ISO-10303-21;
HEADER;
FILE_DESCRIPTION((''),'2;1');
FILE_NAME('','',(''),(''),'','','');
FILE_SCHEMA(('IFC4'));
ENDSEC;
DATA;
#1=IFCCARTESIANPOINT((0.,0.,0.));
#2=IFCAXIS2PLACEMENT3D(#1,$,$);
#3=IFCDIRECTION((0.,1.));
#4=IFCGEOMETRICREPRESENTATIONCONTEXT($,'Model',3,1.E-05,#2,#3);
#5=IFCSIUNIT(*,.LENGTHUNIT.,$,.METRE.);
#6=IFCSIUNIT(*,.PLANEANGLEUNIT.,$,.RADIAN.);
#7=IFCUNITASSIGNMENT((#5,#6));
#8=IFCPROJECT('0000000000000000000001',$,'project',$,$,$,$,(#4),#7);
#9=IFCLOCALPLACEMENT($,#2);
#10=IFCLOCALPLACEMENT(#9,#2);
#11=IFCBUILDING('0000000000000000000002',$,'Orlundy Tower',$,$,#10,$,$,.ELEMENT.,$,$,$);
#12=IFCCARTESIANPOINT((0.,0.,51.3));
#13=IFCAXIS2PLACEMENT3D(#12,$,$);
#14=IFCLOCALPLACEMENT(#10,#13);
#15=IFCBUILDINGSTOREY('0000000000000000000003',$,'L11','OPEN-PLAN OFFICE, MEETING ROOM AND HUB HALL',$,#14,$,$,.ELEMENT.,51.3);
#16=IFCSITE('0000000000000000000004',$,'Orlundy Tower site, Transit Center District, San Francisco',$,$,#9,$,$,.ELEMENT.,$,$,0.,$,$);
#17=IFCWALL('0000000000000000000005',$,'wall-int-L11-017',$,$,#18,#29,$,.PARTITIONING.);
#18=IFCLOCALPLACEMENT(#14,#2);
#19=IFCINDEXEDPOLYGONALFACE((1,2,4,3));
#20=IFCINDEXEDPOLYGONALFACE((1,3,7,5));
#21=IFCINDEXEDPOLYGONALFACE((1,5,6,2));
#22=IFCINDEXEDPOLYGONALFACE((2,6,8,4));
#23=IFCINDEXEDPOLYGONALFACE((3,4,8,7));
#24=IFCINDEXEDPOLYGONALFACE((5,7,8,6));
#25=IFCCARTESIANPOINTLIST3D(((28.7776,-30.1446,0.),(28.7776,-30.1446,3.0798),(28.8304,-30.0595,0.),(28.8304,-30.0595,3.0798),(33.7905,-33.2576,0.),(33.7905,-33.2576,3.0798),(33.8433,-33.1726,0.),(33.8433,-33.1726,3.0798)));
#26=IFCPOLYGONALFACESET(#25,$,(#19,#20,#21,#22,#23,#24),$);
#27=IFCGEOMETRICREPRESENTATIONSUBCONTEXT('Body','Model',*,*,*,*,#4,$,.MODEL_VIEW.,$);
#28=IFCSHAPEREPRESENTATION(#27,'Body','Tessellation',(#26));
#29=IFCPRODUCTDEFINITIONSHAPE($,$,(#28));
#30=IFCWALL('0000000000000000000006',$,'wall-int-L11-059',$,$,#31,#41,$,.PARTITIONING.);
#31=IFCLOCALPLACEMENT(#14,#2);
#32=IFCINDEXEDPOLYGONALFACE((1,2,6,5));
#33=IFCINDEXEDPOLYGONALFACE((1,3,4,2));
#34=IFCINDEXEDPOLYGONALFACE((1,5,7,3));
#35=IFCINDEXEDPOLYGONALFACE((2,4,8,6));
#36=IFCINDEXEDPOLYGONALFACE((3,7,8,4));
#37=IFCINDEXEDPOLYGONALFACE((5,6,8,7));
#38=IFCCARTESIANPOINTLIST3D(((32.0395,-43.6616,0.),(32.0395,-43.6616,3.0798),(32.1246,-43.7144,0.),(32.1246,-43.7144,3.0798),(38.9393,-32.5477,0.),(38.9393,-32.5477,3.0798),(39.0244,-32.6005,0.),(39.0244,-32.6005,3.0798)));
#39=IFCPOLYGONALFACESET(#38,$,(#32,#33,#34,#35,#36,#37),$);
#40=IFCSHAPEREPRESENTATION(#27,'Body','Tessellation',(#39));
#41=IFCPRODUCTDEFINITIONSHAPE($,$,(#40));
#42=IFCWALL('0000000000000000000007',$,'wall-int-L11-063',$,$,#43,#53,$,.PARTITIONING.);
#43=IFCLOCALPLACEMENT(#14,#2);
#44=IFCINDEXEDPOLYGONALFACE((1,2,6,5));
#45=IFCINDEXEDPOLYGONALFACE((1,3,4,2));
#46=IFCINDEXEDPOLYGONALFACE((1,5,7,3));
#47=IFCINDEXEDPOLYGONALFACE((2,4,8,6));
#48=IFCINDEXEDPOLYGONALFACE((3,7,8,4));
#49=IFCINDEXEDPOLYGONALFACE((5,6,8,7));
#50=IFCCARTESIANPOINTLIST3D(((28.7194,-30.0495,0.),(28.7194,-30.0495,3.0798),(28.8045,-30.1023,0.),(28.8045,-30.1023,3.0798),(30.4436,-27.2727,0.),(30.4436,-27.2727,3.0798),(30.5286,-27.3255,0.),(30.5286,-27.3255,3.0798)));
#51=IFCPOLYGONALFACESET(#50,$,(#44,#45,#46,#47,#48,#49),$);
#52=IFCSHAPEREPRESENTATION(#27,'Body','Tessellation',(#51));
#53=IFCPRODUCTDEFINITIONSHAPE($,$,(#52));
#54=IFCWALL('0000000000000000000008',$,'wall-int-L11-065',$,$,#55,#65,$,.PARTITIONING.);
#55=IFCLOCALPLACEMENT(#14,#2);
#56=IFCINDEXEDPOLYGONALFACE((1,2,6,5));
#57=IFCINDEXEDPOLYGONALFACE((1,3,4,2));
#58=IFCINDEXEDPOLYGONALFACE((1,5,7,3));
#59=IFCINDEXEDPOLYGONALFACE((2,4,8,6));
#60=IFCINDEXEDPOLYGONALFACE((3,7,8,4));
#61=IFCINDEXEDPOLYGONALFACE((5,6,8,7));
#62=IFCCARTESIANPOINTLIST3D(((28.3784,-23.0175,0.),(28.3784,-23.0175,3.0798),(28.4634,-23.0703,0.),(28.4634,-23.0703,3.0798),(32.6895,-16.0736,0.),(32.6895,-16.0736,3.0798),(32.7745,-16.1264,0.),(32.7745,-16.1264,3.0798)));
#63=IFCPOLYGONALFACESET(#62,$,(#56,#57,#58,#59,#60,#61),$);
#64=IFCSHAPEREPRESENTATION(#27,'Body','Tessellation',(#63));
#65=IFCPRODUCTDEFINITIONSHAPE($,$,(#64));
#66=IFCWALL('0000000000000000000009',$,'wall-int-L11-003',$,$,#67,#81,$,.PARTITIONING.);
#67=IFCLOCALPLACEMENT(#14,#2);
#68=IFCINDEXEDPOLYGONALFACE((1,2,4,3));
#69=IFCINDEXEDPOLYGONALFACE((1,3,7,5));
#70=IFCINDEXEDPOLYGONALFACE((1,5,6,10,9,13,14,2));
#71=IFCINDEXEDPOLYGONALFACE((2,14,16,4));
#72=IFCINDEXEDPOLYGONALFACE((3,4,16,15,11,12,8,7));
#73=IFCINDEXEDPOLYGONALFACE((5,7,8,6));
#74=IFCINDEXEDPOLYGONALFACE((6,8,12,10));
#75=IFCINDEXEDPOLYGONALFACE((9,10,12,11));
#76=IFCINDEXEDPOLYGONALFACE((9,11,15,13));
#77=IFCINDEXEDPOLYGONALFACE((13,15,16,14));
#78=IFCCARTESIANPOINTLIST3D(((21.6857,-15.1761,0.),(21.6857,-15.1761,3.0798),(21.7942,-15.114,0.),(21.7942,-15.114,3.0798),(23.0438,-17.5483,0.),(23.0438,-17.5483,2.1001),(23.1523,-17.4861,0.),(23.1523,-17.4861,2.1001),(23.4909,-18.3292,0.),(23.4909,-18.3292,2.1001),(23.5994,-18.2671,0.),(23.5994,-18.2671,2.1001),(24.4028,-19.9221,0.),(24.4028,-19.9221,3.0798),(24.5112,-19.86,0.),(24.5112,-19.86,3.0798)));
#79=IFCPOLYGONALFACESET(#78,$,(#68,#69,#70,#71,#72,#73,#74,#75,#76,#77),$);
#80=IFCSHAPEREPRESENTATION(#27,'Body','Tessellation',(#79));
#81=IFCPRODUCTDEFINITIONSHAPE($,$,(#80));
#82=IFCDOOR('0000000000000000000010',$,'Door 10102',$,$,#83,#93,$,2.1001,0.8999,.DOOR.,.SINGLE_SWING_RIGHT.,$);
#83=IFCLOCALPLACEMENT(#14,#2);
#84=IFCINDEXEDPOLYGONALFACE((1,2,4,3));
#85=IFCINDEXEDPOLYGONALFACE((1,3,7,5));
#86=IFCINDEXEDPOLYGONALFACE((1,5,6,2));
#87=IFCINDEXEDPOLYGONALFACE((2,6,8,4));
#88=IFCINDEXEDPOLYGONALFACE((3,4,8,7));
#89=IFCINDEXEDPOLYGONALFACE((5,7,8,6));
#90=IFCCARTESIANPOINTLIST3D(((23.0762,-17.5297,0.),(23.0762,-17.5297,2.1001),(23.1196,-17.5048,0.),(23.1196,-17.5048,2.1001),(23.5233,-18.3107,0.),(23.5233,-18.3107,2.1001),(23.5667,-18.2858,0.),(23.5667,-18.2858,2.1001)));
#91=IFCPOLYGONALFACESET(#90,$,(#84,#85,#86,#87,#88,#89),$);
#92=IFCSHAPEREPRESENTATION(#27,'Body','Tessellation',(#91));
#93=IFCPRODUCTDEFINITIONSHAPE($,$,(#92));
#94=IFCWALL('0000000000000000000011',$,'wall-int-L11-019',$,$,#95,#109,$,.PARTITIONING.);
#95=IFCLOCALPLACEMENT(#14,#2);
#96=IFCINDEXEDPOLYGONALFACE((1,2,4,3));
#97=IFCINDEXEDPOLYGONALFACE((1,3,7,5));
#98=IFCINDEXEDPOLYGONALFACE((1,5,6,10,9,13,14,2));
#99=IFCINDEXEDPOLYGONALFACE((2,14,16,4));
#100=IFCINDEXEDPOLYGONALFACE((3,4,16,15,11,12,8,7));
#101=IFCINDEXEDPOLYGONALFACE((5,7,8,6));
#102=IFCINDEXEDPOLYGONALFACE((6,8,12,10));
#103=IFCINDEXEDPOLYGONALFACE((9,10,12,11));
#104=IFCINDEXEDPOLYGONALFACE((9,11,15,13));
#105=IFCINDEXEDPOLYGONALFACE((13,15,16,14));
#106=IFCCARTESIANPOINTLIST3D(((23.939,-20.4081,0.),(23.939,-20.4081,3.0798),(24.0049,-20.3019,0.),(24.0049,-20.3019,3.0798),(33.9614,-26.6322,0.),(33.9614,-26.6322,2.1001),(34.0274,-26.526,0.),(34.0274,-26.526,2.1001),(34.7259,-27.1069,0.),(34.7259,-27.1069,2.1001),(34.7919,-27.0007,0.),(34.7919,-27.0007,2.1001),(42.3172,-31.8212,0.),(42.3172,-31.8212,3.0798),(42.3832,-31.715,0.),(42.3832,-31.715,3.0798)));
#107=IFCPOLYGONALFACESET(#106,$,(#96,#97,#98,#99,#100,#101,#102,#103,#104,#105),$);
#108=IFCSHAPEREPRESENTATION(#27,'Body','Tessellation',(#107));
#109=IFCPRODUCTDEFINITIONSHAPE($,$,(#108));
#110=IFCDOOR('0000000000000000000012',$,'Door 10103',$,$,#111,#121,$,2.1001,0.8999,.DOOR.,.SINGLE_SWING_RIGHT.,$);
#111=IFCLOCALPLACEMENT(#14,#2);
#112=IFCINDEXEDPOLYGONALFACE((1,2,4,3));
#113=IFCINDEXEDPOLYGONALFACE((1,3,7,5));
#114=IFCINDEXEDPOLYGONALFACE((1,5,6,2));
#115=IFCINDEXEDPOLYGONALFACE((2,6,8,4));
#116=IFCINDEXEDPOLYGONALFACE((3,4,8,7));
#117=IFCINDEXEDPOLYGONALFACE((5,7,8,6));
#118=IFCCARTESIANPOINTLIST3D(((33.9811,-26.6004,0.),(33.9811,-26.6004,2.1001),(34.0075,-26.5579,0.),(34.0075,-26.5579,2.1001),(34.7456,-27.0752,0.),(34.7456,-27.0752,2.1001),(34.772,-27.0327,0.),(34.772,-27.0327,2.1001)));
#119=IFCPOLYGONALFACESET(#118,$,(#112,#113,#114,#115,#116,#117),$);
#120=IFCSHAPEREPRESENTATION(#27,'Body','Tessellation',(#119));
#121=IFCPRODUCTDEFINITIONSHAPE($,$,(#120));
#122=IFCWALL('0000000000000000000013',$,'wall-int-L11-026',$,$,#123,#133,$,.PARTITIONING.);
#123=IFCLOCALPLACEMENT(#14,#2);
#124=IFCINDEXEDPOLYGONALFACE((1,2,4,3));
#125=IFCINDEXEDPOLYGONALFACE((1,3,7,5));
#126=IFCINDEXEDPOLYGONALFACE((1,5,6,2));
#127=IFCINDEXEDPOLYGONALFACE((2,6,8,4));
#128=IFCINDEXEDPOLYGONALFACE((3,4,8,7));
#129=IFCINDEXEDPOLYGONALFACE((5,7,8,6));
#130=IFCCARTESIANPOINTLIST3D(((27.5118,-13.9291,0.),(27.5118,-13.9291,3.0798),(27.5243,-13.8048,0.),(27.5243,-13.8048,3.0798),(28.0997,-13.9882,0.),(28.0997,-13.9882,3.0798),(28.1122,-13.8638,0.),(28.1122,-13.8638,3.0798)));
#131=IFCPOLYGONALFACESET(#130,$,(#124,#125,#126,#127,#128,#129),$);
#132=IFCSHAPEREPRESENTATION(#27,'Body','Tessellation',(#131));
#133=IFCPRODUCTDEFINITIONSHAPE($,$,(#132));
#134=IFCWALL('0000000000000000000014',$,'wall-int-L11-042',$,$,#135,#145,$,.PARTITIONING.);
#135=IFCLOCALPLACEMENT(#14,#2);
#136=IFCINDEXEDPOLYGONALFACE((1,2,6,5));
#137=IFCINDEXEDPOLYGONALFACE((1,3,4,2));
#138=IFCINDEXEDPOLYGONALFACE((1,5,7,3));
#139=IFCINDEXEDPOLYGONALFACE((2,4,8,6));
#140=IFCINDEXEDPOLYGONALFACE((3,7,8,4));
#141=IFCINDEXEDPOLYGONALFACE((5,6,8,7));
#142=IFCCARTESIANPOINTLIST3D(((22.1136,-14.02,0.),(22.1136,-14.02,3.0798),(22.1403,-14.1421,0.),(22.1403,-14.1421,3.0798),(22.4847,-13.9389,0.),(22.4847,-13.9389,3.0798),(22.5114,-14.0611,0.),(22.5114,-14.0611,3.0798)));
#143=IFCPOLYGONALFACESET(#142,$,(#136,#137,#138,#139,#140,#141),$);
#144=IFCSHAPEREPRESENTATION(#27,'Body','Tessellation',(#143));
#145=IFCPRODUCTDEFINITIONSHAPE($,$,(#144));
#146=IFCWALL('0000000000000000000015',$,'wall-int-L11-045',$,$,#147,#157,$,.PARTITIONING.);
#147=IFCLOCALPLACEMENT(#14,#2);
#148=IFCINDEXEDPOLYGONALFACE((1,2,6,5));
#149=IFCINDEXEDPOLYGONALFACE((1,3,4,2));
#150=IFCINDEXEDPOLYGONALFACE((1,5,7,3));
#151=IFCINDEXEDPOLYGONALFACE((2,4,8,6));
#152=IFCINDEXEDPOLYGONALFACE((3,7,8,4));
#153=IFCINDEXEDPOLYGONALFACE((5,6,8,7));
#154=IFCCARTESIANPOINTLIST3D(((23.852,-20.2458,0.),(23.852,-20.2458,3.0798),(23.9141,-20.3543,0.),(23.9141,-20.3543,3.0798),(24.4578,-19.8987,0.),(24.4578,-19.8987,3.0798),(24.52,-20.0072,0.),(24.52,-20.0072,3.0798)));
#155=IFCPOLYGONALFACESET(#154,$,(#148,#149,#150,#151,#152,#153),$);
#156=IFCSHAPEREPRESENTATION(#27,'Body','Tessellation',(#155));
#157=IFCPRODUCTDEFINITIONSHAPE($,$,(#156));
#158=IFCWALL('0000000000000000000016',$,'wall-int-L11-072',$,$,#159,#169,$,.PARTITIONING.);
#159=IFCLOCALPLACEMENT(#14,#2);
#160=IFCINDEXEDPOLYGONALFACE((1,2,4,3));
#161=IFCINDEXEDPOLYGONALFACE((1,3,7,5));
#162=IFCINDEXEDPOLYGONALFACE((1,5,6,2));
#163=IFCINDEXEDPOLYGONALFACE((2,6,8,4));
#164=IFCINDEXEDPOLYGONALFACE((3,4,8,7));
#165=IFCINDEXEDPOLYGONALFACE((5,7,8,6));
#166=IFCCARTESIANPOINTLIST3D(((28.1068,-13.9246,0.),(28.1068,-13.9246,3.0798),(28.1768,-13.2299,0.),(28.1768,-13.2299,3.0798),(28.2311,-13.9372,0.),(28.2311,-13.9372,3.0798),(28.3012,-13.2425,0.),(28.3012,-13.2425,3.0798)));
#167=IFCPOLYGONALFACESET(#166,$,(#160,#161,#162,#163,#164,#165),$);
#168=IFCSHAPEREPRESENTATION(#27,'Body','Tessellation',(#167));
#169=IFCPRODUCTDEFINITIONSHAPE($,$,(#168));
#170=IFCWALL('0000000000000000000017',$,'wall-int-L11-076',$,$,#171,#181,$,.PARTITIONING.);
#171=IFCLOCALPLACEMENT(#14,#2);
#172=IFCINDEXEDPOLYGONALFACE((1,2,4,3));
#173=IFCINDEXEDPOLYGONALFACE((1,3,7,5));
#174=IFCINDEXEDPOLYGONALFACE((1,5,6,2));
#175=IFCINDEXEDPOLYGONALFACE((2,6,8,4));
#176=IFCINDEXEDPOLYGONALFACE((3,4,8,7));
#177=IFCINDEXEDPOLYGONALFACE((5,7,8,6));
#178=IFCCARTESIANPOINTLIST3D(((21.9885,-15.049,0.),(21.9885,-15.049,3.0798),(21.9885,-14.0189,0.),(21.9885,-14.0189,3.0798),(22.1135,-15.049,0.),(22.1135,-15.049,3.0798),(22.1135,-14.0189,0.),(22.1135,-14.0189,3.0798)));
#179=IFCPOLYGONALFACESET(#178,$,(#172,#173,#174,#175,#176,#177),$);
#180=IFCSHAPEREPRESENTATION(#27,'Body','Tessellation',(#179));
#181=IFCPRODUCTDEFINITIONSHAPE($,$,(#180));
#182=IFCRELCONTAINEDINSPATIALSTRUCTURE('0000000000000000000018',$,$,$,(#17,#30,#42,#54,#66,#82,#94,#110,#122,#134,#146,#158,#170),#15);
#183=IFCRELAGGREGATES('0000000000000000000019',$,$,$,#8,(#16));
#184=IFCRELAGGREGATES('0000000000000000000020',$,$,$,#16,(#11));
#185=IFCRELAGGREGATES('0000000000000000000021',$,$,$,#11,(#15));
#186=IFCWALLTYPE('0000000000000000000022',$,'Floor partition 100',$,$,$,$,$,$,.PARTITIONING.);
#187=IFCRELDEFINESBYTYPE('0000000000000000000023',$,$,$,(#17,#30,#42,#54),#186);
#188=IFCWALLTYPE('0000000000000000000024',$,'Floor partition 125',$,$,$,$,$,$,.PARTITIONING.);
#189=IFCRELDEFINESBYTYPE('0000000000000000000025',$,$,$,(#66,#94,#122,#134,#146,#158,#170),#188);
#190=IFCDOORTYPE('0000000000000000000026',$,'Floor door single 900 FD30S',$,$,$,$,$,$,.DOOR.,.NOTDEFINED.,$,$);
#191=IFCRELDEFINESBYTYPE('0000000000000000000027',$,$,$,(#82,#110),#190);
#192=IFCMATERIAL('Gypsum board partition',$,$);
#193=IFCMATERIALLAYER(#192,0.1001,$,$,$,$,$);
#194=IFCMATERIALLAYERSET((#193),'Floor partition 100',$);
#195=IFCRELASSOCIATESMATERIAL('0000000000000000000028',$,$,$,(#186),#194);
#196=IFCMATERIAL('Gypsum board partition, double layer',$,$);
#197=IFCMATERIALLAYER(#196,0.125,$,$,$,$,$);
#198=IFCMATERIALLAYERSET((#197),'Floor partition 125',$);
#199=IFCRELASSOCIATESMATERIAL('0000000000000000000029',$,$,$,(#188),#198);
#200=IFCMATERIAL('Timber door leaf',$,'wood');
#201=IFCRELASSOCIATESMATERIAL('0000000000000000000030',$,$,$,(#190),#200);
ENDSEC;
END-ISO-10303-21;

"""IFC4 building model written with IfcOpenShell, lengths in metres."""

from ifc_helpers import new_model, si_unit, direction, frame, frame_2d, origin, place, context, subcontext, project, spatial, rectangle, extrude, material, layer, layer_set, type_object, element, fill, save


model = new_model("IFC4")

# Units and contexts
model_context = context("Model", 3, precision=1e-05, world=origin(), true_north=direction((0.0, 1.0)))
body_context = subcontext(model_context, "Body", "Model", "MODEL_VIEW")
ifc_project = project(units=[si_unit("LENGTHUNIT", "METRE"), si_unit("PLANEANGLEUNIT", "RADIAN")], contexts=[model_context])

# Site, building, storey
site_placement = place(None, origin())
site = spatial("IfcSite", under=ifc_project, at=site_placement, Name="Orlundy Tower site, Transit Center District, San Francisco", CompositionType="ELEMENT", RefElevation=0.0)
building_placement = place(site_placement, origin())
building = spatial("IfcBuilding", under=site, at=building_placement, Name="Orlundy Tower", CompositionType="ELEMENT")
storey_placement = place(building_placement, frame((0.0, 0.0, 51.3)))
storey = spatial("IfcBuildingStorey", under=building, at=storey_placement, Name="L11", Description="OPEN-PLAN OFFICE, MEETING ROOM AND HUB HALL", CompositionType="ELEMENT", Elevation=51.3)

# Walls
ifc_material_1 = material(Name="Gypsum board partition")
ifc_layer_1 = layer(ifc_material_1, 0.1001)
ifc_layer_set_1 = layer_set([ifc_layer_1], Name="Floor partition 100")
wall_type_1 = type_object("IfcWallType", Name="Floor partition 100", PredefinedType="PARTITIONING", material=ifc_layer_set_1)
wall_1_placement = place(storey_placement, frame((28.804, -30.1021, 0.0), z_axis=(0.0, 0.0, 1.0), x_axis=(0.849522, -0.527553, 0.0)))
element("IfcWall", 1, at=wall_1_placement, inside=storey, type_object=wall_type_1, Name="wall-int-L11-017", PredefinedType="PARTITIONING", context=body_context, shape_type="SweptSolid", body=[
    extrude(rectangle(XDim=5.9009, YDim=0.1001, at=frame_2d((2.9504, 0.0))), origin(), (0.0, 0.0, 1.0), 3.0798),
])
wall_2_placement = place(storey_placement, frame((32.082, -43.688, 0.0), z_axis=(0.0, 0.0, 1.0), x_axis=(0.527448, 0.849587, 0.0)))
element("IfcWall", 2, at=wall_2_placement, inside=storey, type_object=wall_type_1, Name="wall-int-L11-059", PredefinedType="PARTITIONING", context=body_context, shape_type="SweptSolid", body=[
    extrude(rectangle(XDim=13.0815, YDim=0.1001, at=frame_2d((6.5408, 0.0))), origin(), (0.0, 0.0, 1.0), 3.0798),
])
wall_3_placement = place(storey_placement, frame((28.762, -30.0759, 0.0), z_axis=(0.0, 0.0, 1.0), x_axis=(0.527486, 0.849564, 0.0)))
element("IfcWall", 3, at=wall_3_placement, inside=storey, type_object=wall_type_1, Name="wall-int-L11-063", PredefinedType="PARTITIONING", context=body_context, shape_type="SweptSolid", body=[
    extrude(rectangle(XDim=3.2686, YDim=0.1001, at=frame_2d((1.6343, 0.0))), origin(), (0.0, 0.0, 1.0), 3.0798),
])
wall_4_placement = place(storey_placement, frame((28.4209, -23.0439, 0.0), z_axis=(0.0, 0.0, 1.0), x_axis=(0.527457, 0.849582, 0.0)))
element("IfcWall", 4, at=wall_4_placement, inside=storey, type_object=wall_type_1, Name="wall-int-L11-065", PredefinedType="PARTITIONING", context=body_context, shape_type="SweptSolid", body=[
    extrude(rectangle(XDim=8.1733, YDim=0.1001, at=frame_2d((4.0867, 0.0))), origin(), (0.0, 0.0, 1.0), 3.0798),
])

# Walls, openings, doors
ifc_material_2 = material(Name="Gypsum board partition, double layer")
ifc_layer_2 = layer(ifc_material_2, 0.125)
ifc_layer_set_2 = layer_set([ifc_layer_2], Name="Floor partition 125")
wall_type_2 = type_object("IfcWallType", Name="Floor partition 125", PredefinedType="PARTITIONING", material=ifc_layer_set_2)
wall_5_placement = place(storey_placement, frame((21.74, -15.145, 0.0), z_axis=(0.0, 0.0, 1.0), x_axis=(0.496826, -0.86785, 0.0)))
wall_5 = element("IfcWall", 5, at=wall_5_placement, inside=storey, type_object=wall_type_2, Name="wall-int-L11-003", PredefinedType="PARTITIONING", context=body_context, shape_type="SweptSolid", body=[
    extrude(rectangle(XDim=5.4688, YDim=0.125, at=frame_2d((2.7344, 0.0))), origin(), (0.0, 0.0, 1.0), 3.0798),
])
opening_1_placement = place(wall_5_placement, frame((2.7334, 0.0, 0.0)))
opening_1 = element("IfcOpeningElement", 6, at=opening_1_placement, cuts=wall_5, PredefinedType="OPENING", context=body_context, shape_type="SweptSolid", body=[
    extrude(rectangle(XDim=0.8999, YDim=2.1001, at=frame_2d((0.45, 1.05))), frame((0.0, 0.0725, 0.0), z_axis=(0.0, -1.0, 0.0), x_axis=(1.0, 0.0, 0.0)), (0.0, 0.0, 1.0), 0.145),
])
ifc_material_3 = material(Name="Timber door leaf", Category="wood")
door_type = type_object("IfcDoorType", Name="Floor door single 900 FD30S", OperationType="NOTDEFINED", PredefinedType="DOOR", material=ifc_material_3)
door_1_placement = place(opening_1_placement, origin())
door_1 = element("IfcDoor", 7, at=door_1_placement, inside=storey, type_object=door_type, Name="Door 10102", OperationType="SINGLE_SWING_RIGHT", OverallHeight=2.1001, OverallWidth=0.8999, PredefinedType="DOOR", context=body_context, shape_type="SweptSolid", body=[
    extrude(rectangle(XDim=0.8999, YDim=2.1001, at=frame_2d((0.45, 1.05))), frame((0.0, 0.0249, 0.0), z_axis=(0.0, -1.0, 0.0), x_axis=(1.0, 0.0, 0.0)), (0.0, 0.0, 1.0), 0.05),
])
fill(opening_1, door_1)
wall_6_placement = place(storey_placement, frame((23.9719, -20.355, 0.0), z_axis=(0.0, 0.0, 1.0), x_axis=(0.849517, -0.527561, 0.0)))
wall_6 = element("IfcWall", 8, at=wall_6_placement, inside=storey, type_object=wall_type_2, Name="wall-int-L11-019", PredefinedType="PARTITIONING", context=body_context, shape_type="SweptSolid", body=[
    extrude(rectangle(XDim=21.6338, YDim=0.125, at=frame_2d((10.8169, 0.0))), origin(), (0.0, 0.0, 1.0), 3.0798),
])
opening_2_placement = place(wall_6_placement, frame((11.7979, 0.0, 0.0)))
opening_2 = element("IfcOpeningElement", 9, at=opening_2_placement, cuts=wall_6, PredefinedType="OPENING", context=body_context, shape_type="SweptSolid", body=[
    extrude(rectangle(XDim=0.8999, YDim=2.1001, at=frame_2d((0.45, 1.05))), frame((0.0, 0.0725, 0.0), z_axis=(0.0, -1.0, 0.0), x_axis=(1.0, 0.0, 0.0)), (0.0, 0.0, 1.0), 0.145),
])
door_2_placement = place(opening_2_placement, origin())
door_2 = element("IfcDoor", 10, at=door_2_placement, inside=storey, type_object=door_type, Name="Door 10103", OperationType="SINGLE_SWING_RIGHT", OverallHeight=2.1001, OverallWidth=0.8999, PredefinedType="DOOR", context=body_context, shape_type="SweptSolid", body=[
    extrude(rectangle(XDim=0.8999, YDim=2.1001, at=frame_2d((0.45, 1.05))), frame((0.0, 0.0249, 0.0), z_axis=(0.0, -1.0, 0.0), x_axis=(1.0, 0.0, 0.0)), (0.0, 0.0, 1.0), 0.05),
])
fill(opening_2, door_2)

# Walls
wall_7_placement = place(storey_placement, frame((27.5181, -13.8669, 0.0), z_axis=(0.0, 0.0, 1.0), x_axis=(0.994988, -0.099995, 0.0)))
element("IfcWall", 11, at=wall_7_placement, inside=storey, type_object=wall_type_2, Name="wall-int-L11-026", PredefinedType="PARTITIONING", context=body_context, shape_type="SweptSolid", body=[
    extrude(rectangle(XDim=0.5908, YDim=0.125, at=frame_2d((0.2954, 0.0))), origin(), (0.0, 0.0, 1.0), 3.0798),
])
wall_8_placement = place(storey_placement, frame((22.127, -14.0811, 0.0), z_axis=(0.0, 0.0, 1.0), x_axis=(0.976967, 0.21339, 0.0)))
element("IfcWall", 12, at=wall_8_placement, inside=storey, type_object=wall_type_2, Name="wall-int-L11-042", PredefinedType="PARTITIONING", context=body_context, shape_type="SweptSolid", body=[
    extrude(rectangle(XDim=0.3799, YDim=0.125, at=frame_2d((0.1899, 0.0))), origin(), (0.0, 0.0, 1.0), 3.0798),
])
for number, where, z_axis, x_axis, name in (
    (13, (23.8831, -20.3, 0.0), (0.0, 0.0, 1.0), (0.867683, 0.497117, 0.0), "wall-int-L11-045"),
    (14, (28.1689, -13.9309, 0.0), (0.0, 0.0, 1.0), (0.100334, 0.994954, 0.0), "wall-int-L11-072"),
):
    element("IfcWall", number, at=place(storey_placement, frame(where, z_axis=z_axis, x_axis=x_axis)), inside=storey, type_object=wall_type_2, Name=name, PredefinedType="PARTITIONING", context=body_context, shape_type="SweptSolid", body=[
        extrude(rectangle(XDim=0.6982, YDim=0.125, at=frame_2d((0.3491, 0.0))), origin(), (0.0, 0.0, 1.0), 3.0798),
    ])
wall_9_placement = place(storey_placement, frame((22.051, -15.0491, 0.0), z_axis=(0.0, 0.0, 1.0), x_axis=(0.0, 1.0, 0.0)))
element("IfcWall", 15, at=wall_9_placement, inside=storey, type_object=wall_type_2, Name="wall-int-L11-076", PredefinedType="PARTITIONING", context=body_context, shape_type="SweptSolid", body=[
    extrude(rectangle(XDim=1.03, YDim=0.125, at=frame_2d((0.5151, 0.0))), origin(), (0.0, 0.0, 1.0), 3.0798),
])

save(model, "model.ifc")
